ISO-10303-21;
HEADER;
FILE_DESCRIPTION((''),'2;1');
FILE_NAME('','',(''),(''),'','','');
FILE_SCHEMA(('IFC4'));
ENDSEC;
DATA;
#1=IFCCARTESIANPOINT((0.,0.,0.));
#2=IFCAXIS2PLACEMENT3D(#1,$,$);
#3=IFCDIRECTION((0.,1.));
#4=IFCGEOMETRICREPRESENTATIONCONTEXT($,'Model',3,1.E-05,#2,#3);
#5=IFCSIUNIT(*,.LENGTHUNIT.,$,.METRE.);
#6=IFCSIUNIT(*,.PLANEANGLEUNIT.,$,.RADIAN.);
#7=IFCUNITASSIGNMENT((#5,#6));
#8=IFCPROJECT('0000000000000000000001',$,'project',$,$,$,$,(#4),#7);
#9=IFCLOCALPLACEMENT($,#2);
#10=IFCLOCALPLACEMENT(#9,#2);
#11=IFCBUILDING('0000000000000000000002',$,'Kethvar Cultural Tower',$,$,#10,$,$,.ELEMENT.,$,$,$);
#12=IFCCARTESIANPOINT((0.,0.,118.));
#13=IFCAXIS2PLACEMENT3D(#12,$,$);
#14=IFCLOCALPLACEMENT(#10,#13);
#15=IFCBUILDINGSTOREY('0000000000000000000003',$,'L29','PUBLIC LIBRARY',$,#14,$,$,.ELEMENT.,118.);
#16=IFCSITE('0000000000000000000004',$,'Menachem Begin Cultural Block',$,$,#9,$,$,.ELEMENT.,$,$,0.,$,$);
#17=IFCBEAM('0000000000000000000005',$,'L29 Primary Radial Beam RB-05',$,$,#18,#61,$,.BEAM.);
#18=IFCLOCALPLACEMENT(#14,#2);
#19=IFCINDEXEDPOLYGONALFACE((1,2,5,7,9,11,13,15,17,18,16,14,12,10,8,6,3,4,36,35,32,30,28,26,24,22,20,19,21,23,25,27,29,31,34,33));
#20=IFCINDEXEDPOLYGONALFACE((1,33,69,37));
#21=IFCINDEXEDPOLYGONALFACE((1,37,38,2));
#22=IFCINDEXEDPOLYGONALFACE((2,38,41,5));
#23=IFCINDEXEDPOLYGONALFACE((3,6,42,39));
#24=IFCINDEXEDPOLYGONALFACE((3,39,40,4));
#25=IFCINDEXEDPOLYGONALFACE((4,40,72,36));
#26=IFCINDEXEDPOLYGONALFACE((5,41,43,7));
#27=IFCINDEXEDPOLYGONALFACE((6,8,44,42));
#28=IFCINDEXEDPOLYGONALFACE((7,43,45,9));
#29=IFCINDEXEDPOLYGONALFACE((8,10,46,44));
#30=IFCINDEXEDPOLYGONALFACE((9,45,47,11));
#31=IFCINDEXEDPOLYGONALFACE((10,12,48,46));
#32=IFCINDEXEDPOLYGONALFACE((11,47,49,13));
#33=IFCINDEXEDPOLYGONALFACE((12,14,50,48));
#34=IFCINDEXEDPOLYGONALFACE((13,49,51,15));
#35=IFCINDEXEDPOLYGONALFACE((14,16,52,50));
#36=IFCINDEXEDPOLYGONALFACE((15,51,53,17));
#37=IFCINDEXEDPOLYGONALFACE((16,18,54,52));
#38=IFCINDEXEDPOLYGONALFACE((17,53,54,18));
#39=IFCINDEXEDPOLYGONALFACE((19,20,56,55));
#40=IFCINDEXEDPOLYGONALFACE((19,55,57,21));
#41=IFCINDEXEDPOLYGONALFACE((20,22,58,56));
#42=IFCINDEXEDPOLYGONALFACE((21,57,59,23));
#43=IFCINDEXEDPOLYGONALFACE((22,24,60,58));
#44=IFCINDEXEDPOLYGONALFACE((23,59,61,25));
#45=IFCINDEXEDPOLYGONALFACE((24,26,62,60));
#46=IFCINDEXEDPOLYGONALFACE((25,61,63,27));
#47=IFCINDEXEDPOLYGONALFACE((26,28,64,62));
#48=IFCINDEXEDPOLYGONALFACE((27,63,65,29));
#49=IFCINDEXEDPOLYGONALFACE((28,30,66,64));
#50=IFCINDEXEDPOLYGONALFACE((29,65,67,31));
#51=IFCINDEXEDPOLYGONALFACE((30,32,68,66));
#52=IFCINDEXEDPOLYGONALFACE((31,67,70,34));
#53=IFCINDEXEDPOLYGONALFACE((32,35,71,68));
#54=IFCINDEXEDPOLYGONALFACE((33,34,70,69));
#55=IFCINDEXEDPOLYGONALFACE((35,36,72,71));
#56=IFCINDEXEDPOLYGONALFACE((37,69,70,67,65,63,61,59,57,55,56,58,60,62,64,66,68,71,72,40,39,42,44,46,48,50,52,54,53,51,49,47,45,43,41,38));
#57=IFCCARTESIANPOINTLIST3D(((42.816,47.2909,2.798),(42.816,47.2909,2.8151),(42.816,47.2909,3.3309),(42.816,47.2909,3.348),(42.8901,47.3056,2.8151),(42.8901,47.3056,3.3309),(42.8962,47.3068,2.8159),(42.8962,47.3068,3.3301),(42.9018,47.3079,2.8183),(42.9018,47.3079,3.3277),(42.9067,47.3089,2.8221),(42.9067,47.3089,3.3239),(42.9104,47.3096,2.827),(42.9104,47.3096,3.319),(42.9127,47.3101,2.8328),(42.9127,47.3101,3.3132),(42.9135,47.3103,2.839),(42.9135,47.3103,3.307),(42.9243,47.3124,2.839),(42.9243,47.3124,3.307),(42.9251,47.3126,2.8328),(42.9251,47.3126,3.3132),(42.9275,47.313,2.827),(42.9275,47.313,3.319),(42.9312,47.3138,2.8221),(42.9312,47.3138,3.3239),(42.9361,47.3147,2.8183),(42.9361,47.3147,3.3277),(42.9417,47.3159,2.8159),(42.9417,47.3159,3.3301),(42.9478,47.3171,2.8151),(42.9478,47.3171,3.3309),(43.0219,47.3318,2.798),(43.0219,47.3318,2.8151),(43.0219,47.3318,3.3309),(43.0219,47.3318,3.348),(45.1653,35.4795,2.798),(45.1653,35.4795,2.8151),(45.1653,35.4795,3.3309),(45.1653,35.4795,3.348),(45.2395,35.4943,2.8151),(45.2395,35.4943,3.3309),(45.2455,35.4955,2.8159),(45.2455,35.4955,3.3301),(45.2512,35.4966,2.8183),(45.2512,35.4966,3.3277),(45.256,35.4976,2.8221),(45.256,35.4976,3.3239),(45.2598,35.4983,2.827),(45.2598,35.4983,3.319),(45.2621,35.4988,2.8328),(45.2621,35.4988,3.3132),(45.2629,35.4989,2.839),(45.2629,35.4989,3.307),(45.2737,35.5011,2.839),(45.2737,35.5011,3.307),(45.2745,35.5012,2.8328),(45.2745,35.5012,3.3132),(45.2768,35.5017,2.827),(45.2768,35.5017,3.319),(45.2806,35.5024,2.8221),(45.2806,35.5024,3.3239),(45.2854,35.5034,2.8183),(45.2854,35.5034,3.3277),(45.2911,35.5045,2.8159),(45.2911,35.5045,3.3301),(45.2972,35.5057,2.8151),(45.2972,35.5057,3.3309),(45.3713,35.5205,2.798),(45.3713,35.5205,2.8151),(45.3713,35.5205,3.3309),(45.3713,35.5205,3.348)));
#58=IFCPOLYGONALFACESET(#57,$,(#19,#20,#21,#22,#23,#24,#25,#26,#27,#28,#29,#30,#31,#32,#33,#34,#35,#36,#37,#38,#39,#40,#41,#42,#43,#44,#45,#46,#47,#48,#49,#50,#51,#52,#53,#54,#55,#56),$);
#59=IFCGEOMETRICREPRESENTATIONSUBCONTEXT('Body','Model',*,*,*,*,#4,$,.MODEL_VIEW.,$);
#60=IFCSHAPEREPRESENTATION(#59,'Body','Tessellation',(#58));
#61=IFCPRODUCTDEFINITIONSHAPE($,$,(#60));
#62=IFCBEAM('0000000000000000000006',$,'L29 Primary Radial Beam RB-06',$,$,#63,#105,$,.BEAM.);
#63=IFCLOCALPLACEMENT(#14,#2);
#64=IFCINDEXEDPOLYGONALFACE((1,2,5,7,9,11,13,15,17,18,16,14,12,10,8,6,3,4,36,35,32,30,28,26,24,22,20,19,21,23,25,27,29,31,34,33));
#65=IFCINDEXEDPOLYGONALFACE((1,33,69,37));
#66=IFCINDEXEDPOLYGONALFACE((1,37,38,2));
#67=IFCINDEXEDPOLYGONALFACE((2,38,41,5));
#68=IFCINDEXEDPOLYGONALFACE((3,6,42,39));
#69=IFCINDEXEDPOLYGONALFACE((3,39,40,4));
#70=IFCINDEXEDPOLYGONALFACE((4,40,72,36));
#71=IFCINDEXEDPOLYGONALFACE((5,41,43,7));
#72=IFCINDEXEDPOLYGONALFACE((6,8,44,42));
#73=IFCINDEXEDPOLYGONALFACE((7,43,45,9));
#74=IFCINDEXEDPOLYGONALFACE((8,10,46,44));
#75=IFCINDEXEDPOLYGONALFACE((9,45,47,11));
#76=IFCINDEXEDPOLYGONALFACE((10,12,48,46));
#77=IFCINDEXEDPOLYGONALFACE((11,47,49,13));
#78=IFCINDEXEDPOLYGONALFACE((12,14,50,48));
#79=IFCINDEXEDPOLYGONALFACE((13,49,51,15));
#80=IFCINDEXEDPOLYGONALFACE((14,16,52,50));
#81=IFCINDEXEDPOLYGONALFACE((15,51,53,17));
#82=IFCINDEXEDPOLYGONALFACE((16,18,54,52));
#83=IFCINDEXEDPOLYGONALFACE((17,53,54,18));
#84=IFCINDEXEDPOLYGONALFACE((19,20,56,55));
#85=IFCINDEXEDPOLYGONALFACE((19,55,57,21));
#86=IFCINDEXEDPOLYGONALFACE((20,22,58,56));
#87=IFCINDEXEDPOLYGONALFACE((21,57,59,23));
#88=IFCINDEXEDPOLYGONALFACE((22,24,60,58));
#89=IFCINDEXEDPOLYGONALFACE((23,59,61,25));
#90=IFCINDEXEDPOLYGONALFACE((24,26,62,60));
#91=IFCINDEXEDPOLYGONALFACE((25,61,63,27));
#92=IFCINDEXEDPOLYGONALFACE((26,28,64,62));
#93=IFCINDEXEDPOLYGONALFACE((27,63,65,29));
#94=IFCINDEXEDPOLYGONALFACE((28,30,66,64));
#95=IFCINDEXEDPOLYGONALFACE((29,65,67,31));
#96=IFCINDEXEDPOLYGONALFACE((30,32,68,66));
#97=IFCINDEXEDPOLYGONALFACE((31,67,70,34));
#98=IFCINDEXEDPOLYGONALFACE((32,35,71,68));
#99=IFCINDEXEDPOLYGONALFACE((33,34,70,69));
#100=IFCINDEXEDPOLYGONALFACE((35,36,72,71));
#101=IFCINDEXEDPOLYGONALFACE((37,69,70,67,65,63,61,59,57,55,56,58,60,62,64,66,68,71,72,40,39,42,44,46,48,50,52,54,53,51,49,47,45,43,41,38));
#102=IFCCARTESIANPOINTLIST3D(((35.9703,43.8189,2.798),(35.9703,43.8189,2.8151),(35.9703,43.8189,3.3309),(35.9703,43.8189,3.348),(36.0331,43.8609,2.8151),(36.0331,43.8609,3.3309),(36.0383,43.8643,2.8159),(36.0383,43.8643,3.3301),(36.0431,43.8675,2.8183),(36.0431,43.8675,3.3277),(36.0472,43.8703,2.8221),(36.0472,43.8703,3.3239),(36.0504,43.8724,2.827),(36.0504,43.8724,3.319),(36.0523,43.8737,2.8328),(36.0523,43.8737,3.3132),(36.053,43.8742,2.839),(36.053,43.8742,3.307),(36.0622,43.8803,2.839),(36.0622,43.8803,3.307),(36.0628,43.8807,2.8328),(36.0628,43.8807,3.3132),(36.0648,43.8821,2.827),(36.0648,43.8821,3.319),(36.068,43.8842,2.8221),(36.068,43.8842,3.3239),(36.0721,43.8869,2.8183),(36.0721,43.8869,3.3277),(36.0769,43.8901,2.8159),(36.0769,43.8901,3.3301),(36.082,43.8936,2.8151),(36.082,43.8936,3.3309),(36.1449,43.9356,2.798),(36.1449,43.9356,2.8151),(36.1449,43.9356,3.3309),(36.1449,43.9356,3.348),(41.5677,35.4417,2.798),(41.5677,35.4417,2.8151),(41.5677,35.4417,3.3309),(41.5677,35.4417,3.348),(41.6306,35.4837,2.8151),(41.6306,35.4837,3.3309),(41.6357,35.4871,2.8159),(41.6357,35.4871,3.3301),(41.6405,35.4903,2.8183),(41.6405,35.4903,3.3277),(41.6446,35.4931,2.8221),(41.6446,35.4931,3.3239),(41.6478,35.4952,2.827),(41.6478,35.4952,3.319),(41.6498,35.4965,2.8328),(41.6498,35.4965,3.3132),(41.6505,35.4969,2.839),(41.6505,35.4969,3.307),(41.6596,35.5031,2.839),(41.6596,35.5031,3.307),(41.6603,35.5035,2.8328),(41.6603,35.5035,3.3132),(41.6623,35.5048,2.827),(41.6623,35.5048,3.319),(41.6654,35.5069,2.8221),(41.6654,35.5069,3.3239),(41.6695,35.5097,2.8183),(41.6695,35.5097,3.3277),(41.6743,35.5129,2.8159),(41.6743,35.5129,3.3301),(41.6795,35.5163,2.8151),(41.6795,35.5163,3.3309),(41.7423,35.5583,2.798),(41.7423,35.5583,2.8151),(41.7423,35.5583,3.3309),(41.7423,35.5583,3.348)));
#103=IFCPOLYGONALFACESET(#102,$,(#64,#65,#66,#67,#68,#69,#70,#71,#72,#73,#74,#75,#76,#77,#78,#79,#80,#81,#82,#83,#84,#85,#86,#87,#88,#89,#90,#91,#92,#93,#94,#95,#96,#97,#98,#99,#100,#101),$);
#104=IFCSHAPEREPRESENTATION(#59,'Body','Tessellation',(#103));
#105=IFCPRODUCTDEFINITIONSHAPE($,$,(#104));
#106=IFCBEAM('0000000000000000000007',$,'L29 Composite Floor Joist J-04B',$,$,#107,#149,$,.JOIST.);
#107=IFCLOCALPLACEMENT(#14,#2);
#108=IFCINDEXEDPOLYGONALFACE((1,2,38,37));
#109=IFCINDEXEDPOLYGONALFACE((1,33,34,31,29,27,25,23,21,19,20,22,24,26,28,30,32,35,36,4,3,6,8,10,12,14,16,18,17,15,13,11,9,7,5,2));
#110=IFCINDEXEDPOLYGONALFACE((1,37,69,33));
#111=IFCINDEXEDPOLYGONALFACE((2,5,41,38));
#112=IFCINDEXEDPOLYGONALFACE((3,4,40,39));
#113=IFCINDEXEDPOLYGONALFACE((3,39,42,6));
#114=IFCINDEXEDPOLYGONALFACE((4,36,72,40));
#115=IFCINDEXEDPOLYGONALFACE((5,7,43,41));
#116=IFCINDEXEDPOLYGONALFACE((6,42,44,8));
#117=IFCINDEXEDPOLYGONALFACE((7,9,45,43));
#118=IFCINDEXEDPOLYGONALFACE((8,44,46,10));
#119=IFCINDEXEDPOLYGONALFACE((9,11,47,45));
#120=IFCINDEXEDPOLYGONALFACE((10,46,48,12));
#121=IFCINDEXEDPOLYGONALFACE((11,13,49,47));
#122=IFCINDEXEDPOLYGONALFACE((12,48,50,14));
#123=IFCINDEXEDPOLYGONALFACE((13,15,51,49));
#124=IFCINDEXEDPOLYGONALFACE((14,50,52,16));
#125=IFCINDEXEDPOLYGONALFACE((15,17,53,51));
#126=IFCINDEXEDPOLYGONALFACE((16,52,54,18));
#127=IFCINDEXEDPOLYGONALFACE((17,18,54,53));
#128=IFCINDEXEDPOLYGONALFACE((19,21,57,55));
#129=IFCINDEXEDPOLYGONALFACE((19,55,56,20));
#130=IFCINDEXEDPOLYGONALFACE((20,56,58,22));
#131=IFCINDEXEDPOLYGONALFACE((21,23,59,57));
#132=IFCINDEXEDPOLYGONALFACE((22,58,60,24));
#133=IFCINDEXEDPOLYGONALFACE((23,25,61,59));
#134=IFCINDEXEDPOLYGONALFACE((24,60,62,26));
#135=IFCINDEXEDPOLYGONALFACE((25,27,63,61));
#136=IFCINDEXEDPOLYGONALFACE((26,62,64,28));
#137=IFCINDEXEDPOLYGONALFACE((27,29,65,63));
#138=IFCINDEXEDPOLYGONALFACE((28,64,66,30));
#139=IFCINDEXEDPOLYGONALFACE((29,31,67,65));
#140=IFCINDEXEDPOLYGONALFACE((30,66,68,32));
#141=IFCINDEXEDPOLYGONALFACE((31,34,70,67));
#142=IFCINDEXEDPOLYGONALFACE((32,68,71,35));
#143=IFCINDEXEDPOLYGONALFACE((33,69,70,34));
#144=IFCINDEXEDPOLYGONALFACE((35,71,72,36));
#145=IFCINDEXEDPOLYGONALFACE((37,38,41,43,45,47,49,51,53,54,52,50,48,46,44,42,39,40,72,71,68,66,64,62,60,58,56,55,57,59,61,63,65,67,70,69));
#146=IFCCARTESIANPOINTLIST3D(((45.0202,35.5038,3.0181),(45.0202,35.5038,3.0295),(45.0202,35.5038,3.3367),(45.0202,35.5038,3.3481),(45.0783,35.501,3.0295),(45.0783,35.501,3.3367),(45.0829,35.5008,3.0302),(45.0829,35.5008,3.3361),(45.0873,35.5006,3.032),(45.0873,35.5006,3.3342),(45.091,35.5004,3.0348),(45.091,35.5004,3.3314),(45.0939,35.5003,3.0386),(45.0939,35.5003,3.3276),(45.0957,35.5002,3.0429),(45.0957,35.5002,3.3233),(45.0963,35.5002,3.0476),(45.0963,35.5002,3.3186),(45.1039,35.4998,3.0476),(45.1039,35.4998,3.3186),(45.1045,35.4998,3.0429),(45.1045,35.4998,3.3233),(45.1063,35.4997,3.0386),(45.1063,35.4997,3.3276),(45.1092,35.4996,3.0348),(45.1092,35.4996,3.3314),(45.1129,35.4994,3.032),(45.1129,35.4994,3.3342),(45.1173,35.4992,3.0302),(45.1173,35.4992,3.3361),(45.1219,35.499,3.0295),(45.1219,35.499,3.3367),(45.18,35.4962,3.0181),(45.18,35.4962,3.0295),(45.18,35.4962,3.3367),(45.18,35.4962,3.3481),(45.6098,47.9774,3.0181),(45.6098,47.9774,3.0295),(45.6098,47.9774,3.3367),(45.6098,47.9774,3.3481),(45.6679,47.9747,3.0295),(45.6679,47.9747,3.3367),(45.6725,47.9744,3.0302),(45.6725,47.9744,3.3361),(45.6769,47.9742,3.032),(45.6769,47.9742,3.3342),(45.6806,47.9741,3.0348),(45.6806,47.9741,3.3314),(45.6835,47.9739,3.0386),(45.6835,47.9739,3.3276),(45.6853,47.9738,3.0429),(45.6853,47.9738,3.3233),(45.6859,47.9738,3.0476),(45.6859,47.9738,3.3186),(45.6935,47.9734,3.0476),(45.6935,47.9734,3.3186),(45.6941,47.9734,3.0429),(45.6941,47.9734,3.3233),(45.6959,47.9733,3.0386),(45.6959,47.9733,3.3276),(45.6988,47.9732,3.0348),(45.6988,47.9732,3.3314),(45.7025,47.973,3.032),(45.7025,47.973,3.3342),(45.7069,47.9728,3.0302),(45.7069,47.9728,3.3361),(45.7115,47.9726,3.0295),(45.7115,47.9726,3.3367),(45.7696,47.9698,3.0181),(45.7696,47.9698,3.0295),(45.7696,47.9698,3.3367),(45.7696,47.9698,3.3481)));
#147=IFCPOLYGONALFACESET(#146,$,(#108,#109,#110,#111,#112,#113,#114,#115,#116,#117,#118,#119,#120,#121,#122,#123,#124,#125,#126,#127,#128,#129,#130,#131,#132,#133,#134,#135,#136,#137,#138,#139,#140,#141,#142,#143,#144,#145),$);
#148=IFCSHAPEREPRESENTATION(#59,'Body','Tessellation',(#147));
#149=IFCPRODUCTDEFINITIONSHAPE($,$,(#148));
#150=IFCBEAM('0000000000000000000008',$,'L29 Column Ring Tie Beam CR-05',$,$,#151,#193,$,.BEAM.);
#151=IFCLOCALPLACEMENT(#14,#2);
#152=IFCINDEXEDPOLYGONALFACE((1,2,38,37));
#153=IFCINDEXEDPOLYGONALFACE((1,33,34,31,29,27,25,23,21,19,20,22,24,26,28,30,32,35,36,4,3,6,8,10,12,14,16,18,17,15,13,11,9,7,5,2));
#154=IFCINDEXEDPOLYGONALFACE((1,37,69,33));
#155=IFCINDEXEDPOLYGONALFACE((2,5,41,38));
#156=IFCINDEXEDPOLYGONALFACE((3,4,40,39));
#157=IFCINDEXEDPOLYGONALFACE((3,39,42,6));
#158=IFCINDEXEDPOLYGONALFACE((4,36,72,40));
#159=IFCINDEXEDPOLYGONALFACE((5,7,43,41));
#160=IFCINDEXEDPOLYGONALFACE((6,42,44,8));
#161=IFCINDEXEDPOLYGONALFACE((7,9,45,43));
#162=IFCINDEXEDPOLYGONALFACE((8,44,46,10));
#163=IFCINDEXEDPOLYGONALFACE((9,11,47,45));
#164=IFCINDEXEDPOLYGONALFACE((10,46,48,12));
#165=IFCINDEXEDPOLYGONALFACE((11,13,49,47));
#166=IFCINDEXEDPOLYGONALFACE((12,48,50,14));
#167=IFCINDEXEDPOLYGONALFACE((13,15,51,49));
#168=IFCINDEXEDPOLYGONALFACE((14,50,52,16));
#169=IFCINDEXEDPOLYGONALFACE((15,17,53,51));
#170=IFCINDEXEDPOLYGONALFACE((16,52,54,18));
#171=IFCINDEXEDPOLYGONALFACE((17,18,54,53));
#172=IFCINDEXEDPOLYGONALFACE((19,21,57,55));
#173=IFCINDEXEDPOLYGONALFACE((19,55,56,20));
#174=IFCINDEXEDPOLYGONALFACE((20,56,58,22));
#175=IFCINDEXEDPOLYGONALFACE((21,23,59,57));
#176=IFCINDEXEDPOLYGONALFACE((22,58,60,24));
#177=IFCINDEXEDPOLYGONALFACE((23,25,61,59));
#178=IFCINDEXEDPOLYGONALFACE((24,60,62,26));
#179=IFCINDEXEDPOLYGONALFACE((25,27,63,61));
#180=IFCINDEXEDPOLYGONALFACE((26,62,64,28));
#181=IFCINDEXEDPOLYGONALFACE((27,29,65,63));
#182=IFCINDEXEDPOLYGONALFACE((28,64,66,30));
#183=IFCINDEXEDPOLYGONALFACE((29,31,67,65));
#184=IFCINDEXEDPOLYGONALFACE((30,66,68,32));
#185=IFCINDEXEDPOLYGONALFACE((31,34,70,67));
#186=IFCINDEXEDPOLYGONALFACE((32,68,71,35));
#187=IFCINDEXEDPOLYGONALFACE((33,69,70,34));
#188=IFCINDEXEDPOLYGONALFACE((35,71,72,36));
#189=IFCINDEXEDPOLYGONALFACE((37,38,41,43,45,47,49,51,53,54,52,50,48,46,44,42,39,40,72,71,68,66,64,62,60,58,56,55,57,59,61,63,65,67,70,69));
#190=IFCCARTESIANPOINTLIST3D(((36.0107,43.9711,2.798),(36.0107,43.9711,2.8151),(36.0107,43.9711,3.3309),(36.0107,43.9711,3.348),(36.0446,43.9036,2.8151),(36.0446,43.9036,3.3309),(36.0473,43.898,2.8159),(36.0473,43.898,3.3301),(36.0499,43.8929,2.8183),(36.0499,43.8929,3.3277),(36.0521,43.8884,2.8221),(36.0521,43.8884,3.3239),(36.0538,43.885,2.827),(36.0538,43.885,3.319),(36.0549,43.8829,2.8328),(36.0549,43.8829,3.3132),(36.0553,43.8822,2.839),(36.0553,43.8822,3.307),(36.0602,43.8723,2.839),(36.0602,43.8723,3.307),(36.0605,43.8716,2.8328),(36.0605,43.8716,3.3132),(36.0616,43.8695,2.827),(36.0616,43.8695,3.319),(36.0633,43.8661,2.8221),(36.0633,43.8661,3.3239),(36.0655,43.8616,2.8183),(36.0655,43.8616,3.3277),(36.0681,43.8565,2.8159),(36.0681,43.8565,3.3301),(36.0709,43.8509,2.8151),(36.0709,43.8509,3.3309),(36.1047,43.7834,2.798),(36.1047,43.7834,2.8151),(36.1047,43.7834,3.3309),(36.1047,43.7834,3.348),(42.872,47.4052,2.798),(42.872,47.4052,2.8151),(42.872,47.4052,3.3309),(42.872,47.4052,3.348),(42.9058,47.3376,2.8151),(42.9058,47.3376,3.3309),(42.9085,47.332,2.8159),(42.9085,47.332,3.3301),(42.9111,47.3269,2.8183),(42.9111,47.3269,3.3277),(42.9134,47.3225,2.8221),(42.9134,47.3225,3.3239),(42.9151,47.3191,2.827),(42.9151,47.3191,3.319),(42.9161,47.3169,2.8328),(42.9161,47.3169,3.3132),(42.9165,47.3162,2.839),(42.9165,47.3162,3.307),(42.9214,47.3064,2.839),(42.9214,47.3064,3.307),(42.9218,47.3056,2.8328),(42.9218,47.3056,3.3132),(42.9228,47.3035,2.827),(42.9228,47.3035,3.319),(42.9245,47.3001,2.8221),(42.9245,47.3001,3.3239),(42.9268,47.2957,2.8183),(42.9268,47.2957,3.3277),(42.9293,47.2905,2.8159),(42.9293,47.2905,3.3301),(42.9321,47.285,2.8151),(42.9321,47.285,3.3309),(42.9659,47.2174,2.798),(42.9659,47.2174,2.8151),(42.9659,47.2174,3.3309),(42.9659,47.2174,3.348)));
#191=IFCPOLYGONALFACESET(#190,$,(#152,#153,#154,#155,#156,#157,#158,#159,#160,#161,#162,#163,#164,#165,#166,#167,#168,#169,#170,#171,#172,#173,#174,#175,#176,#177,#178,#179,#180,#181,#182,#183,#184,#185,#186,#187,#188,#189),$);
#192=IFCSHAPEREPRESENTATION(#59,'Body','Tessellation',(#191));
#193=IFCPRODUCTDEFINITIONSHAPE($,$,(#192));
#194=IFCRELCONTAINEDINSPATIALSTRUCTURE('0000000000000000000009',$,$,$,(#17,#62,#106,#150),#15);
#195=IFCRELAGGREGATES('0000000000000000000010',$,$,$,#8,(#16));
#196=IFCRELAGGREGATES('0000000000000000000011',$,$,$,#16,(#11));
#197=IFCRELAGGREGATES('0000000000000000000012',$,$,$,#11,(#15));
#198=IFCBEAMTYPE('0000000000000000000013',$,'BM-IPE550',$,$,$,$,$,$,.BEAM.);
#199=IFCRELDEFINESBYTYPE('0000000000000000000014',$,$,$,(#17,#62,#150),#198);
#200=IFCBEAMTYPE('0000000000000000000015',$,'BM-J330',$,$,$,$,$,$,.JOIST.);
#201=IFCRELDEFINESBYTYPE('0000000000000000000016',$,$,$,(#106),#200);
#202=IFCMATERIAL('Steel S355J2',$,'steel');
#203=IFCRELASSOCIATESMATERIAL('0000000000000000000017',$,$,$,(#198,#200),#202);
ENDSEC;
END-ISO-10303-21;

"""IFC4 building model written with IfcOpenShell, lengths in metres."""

from ifc_helpers import new_model, si_unit, direction, frame, origin, origin_2d, place, context, subcontext, project, spatial, i_section, extrude, source, transform, mapped, material, material_profile, profile_set, type_object, element, save


model = new_model("IFC4")

# Units and contexts
model_context = context("Model", 3, precision=1e-05, world=origin(), true_north=direction((0.0, 1.0)))
body_context = subcontext(model_context, "Body", "Model", "MODEL_VIEW")
ifc_project = project(units=[si_unit("LENGTHUNIT", "METRE"), si_unit("PLANEANGLEUNIT", "RADIAN")], contexts=[model_context])

# Site, building, storey
site_placement = place(None, origin())
site = spatial("IfcSite", under=ifc_project, at=site_placement, Name="Menachem Begin Cultural Block", CompositionType="ELEMENT", RefElevation=0.0)
building_placement = place(site_placement, origin())
building = spatial("IfcBuilding", under=site, at=building_placement, Name="Kethvar Cultural Tower", CompositionType="ELEMENT")
storey_placement = place(building_placement, frame((0.0, 0.0, 118.0)))
storey = spatial("IfcBuildingStorey", under=building, at=storey_placement, Name="L29", Description="PUBLIC LIBRARY", CompositionType="ELEMENT", Elevation=118.0)

# Beams
ifc_material_1 = material(Name="Steel S355J2", Category="steel")
ifc_material_profile_1 = material_profile(ifc_material_1, i_section(OverallWidth=0.21, OverallDepth=0.55, WebThickness=0.011, FlangeThickness=0.0171, FilletRadius=0.0239, at=origin_2d()), Name="Steel S355J2 — IPE550")
ifc_profile_set_1 = profile_set([ifc_material_profile_1], Name="Steel S355J2 — IPE550")
beam_type_1 = type_object("IfcBeamType", Name="BM-IPE550", PredefinedType="BEAM", material=ifc_profile_set_1)
shared_shape_1 = source(origin(), body_context, "Body", "SweptSolid", [
    extrude(i_section(OverallWidth=0.21, OverallDepth=0.55, WebThickness=0.011, FlangeThickness=0.0171, FilletRadius=0.0239, at=origin_2d()), origin(), (0.0, 0.0, 1.0), 12.0427),
])
beam_1_placement = place(storey_placement, frame((45.2683, 35.5, 3.073), z_axis=(-0.195087, 0.980786, 0.0), x_axis=(-0.980786, -0.195087, 0.0)))
element("IfcBeam", 1, at=beam_1_placement, inside=storey, type_object=beam_type_1, Name="L29 Primary Radial Beam RB-05", PredefinedType="BEAM", context=body_context, shape_type="MappedRepresentation", body=[
    mapped(shared_shape_1, transform((0.0, 0.0, 0.0), scale=1.0)),
])
shared_shape_2 = source(origin(), body_context, "Body", "SweptSolid", [
    extrude(i_section(OverallWidth=0.21, OverallDepth=0.55, WebThickness=0.011, FlangeThickness=0.0171, FilletRadius=0.0239, at=origin_2d()), origin(), (0.0, 0.0, 1.0), 10.0752),
])
beam_2_placement = place(storey_placement, frame((41.655, 35.5, 3.073), z_axis=(-0.555567, 0.831472, 0.0), x_axis=(-0.831472, -0.555567, 0.0)))
element("IfcBeam", 2, at=beam_2_placement, inside=storey, type_object=beam_type_1, Name="L29 Primary Radial Beam RB-06", PredefinedType="BEAM", context=body_context, shape_type="MappedRepresentation", body=[
    mapped(shared_shape_2, transform((0.0, 0.0, 0.0), scale=1.0)),
])
ifc_material_profile_2 = material_profile(ifc_material_1, i_section(OverallWidth=0.1599, OverallDepth=0.3301, WebThickness=0.0076, FlangeThickness=0.0115, FilletRadius=0.0181, at=origin_2d()), Name="Steel S355J2 — IPE330")
ifc_profile_set_2 = profile_set([ifc_material_profile_2], Name="Steel S355J2 — IPE330")
beam_type_2 = type_object("IfcBeamType", Name="BM-J330", PredefinedType="JOIST", material=ifc_profile_set_2)
shared_shape_3 = source(origin(), body_context, "Body", "SweptSolid", [
    extrude(i_section(OverallWidth=0.1599, OverallDepth=0.3301, WebThickness=0.0076, FlangeThickness=0.0115, FilletRadius=0.0181, at=origin_2d()), origin(), (0.0, 0.0, 1.0), 12.4875),
])
beam_3_placement = place(storey_placement, frame((45.1001, 35.5, 3.1831), z_axis=(0.047215, 0.998885, 0.0), x_axis=(-0.998885, 0.047215, 0.0)))
element("IfcBeam", 3, at=beam_3_placement, inside=storey, type_object=beam_type_2, Name="L29 Composite Floor Joist J-04B", PredefinedType="JOIST", context=body_context, shape_type="MappedRepresentation", body=[
    mapped(shared_shape_3, transform((0.0, 0.0, 0.0), scale=1.0)),
])
shared_shape_4 = source(origin(), body_context, "Body", "SweptSolid", [
    extrude(i_section(OverallWidth=0.21, OverallDepth=0.55, WebThickness=0.011, FlangeThickness=0.0171, FilletRadius=0.0239, at=origin_2d()), origin(), (0.0, 0.0, 1.0), 7.6726),
])
beam_4_placement = place(storey_placement, frame((42.9189, 47.3113, 3.073), z_axis=(-0.894249, -0.44757, 0.0), x_axis=(0.44757, -0.894249, 0.0)))
element("IfcBeam", 4, at=beam_4_placement, inside=storey, type_object=beam_type_1, Name="L29 Column Ring Tie Beam CR-05", PredefinedType="BEAM", context=body_context, shape_type="MappedRepresentation", body=[
    mapped(shared_shape_4, transform((0.0, 0.0, 0.0), scale=1.0)),
])

save(model, "model.ifc")
